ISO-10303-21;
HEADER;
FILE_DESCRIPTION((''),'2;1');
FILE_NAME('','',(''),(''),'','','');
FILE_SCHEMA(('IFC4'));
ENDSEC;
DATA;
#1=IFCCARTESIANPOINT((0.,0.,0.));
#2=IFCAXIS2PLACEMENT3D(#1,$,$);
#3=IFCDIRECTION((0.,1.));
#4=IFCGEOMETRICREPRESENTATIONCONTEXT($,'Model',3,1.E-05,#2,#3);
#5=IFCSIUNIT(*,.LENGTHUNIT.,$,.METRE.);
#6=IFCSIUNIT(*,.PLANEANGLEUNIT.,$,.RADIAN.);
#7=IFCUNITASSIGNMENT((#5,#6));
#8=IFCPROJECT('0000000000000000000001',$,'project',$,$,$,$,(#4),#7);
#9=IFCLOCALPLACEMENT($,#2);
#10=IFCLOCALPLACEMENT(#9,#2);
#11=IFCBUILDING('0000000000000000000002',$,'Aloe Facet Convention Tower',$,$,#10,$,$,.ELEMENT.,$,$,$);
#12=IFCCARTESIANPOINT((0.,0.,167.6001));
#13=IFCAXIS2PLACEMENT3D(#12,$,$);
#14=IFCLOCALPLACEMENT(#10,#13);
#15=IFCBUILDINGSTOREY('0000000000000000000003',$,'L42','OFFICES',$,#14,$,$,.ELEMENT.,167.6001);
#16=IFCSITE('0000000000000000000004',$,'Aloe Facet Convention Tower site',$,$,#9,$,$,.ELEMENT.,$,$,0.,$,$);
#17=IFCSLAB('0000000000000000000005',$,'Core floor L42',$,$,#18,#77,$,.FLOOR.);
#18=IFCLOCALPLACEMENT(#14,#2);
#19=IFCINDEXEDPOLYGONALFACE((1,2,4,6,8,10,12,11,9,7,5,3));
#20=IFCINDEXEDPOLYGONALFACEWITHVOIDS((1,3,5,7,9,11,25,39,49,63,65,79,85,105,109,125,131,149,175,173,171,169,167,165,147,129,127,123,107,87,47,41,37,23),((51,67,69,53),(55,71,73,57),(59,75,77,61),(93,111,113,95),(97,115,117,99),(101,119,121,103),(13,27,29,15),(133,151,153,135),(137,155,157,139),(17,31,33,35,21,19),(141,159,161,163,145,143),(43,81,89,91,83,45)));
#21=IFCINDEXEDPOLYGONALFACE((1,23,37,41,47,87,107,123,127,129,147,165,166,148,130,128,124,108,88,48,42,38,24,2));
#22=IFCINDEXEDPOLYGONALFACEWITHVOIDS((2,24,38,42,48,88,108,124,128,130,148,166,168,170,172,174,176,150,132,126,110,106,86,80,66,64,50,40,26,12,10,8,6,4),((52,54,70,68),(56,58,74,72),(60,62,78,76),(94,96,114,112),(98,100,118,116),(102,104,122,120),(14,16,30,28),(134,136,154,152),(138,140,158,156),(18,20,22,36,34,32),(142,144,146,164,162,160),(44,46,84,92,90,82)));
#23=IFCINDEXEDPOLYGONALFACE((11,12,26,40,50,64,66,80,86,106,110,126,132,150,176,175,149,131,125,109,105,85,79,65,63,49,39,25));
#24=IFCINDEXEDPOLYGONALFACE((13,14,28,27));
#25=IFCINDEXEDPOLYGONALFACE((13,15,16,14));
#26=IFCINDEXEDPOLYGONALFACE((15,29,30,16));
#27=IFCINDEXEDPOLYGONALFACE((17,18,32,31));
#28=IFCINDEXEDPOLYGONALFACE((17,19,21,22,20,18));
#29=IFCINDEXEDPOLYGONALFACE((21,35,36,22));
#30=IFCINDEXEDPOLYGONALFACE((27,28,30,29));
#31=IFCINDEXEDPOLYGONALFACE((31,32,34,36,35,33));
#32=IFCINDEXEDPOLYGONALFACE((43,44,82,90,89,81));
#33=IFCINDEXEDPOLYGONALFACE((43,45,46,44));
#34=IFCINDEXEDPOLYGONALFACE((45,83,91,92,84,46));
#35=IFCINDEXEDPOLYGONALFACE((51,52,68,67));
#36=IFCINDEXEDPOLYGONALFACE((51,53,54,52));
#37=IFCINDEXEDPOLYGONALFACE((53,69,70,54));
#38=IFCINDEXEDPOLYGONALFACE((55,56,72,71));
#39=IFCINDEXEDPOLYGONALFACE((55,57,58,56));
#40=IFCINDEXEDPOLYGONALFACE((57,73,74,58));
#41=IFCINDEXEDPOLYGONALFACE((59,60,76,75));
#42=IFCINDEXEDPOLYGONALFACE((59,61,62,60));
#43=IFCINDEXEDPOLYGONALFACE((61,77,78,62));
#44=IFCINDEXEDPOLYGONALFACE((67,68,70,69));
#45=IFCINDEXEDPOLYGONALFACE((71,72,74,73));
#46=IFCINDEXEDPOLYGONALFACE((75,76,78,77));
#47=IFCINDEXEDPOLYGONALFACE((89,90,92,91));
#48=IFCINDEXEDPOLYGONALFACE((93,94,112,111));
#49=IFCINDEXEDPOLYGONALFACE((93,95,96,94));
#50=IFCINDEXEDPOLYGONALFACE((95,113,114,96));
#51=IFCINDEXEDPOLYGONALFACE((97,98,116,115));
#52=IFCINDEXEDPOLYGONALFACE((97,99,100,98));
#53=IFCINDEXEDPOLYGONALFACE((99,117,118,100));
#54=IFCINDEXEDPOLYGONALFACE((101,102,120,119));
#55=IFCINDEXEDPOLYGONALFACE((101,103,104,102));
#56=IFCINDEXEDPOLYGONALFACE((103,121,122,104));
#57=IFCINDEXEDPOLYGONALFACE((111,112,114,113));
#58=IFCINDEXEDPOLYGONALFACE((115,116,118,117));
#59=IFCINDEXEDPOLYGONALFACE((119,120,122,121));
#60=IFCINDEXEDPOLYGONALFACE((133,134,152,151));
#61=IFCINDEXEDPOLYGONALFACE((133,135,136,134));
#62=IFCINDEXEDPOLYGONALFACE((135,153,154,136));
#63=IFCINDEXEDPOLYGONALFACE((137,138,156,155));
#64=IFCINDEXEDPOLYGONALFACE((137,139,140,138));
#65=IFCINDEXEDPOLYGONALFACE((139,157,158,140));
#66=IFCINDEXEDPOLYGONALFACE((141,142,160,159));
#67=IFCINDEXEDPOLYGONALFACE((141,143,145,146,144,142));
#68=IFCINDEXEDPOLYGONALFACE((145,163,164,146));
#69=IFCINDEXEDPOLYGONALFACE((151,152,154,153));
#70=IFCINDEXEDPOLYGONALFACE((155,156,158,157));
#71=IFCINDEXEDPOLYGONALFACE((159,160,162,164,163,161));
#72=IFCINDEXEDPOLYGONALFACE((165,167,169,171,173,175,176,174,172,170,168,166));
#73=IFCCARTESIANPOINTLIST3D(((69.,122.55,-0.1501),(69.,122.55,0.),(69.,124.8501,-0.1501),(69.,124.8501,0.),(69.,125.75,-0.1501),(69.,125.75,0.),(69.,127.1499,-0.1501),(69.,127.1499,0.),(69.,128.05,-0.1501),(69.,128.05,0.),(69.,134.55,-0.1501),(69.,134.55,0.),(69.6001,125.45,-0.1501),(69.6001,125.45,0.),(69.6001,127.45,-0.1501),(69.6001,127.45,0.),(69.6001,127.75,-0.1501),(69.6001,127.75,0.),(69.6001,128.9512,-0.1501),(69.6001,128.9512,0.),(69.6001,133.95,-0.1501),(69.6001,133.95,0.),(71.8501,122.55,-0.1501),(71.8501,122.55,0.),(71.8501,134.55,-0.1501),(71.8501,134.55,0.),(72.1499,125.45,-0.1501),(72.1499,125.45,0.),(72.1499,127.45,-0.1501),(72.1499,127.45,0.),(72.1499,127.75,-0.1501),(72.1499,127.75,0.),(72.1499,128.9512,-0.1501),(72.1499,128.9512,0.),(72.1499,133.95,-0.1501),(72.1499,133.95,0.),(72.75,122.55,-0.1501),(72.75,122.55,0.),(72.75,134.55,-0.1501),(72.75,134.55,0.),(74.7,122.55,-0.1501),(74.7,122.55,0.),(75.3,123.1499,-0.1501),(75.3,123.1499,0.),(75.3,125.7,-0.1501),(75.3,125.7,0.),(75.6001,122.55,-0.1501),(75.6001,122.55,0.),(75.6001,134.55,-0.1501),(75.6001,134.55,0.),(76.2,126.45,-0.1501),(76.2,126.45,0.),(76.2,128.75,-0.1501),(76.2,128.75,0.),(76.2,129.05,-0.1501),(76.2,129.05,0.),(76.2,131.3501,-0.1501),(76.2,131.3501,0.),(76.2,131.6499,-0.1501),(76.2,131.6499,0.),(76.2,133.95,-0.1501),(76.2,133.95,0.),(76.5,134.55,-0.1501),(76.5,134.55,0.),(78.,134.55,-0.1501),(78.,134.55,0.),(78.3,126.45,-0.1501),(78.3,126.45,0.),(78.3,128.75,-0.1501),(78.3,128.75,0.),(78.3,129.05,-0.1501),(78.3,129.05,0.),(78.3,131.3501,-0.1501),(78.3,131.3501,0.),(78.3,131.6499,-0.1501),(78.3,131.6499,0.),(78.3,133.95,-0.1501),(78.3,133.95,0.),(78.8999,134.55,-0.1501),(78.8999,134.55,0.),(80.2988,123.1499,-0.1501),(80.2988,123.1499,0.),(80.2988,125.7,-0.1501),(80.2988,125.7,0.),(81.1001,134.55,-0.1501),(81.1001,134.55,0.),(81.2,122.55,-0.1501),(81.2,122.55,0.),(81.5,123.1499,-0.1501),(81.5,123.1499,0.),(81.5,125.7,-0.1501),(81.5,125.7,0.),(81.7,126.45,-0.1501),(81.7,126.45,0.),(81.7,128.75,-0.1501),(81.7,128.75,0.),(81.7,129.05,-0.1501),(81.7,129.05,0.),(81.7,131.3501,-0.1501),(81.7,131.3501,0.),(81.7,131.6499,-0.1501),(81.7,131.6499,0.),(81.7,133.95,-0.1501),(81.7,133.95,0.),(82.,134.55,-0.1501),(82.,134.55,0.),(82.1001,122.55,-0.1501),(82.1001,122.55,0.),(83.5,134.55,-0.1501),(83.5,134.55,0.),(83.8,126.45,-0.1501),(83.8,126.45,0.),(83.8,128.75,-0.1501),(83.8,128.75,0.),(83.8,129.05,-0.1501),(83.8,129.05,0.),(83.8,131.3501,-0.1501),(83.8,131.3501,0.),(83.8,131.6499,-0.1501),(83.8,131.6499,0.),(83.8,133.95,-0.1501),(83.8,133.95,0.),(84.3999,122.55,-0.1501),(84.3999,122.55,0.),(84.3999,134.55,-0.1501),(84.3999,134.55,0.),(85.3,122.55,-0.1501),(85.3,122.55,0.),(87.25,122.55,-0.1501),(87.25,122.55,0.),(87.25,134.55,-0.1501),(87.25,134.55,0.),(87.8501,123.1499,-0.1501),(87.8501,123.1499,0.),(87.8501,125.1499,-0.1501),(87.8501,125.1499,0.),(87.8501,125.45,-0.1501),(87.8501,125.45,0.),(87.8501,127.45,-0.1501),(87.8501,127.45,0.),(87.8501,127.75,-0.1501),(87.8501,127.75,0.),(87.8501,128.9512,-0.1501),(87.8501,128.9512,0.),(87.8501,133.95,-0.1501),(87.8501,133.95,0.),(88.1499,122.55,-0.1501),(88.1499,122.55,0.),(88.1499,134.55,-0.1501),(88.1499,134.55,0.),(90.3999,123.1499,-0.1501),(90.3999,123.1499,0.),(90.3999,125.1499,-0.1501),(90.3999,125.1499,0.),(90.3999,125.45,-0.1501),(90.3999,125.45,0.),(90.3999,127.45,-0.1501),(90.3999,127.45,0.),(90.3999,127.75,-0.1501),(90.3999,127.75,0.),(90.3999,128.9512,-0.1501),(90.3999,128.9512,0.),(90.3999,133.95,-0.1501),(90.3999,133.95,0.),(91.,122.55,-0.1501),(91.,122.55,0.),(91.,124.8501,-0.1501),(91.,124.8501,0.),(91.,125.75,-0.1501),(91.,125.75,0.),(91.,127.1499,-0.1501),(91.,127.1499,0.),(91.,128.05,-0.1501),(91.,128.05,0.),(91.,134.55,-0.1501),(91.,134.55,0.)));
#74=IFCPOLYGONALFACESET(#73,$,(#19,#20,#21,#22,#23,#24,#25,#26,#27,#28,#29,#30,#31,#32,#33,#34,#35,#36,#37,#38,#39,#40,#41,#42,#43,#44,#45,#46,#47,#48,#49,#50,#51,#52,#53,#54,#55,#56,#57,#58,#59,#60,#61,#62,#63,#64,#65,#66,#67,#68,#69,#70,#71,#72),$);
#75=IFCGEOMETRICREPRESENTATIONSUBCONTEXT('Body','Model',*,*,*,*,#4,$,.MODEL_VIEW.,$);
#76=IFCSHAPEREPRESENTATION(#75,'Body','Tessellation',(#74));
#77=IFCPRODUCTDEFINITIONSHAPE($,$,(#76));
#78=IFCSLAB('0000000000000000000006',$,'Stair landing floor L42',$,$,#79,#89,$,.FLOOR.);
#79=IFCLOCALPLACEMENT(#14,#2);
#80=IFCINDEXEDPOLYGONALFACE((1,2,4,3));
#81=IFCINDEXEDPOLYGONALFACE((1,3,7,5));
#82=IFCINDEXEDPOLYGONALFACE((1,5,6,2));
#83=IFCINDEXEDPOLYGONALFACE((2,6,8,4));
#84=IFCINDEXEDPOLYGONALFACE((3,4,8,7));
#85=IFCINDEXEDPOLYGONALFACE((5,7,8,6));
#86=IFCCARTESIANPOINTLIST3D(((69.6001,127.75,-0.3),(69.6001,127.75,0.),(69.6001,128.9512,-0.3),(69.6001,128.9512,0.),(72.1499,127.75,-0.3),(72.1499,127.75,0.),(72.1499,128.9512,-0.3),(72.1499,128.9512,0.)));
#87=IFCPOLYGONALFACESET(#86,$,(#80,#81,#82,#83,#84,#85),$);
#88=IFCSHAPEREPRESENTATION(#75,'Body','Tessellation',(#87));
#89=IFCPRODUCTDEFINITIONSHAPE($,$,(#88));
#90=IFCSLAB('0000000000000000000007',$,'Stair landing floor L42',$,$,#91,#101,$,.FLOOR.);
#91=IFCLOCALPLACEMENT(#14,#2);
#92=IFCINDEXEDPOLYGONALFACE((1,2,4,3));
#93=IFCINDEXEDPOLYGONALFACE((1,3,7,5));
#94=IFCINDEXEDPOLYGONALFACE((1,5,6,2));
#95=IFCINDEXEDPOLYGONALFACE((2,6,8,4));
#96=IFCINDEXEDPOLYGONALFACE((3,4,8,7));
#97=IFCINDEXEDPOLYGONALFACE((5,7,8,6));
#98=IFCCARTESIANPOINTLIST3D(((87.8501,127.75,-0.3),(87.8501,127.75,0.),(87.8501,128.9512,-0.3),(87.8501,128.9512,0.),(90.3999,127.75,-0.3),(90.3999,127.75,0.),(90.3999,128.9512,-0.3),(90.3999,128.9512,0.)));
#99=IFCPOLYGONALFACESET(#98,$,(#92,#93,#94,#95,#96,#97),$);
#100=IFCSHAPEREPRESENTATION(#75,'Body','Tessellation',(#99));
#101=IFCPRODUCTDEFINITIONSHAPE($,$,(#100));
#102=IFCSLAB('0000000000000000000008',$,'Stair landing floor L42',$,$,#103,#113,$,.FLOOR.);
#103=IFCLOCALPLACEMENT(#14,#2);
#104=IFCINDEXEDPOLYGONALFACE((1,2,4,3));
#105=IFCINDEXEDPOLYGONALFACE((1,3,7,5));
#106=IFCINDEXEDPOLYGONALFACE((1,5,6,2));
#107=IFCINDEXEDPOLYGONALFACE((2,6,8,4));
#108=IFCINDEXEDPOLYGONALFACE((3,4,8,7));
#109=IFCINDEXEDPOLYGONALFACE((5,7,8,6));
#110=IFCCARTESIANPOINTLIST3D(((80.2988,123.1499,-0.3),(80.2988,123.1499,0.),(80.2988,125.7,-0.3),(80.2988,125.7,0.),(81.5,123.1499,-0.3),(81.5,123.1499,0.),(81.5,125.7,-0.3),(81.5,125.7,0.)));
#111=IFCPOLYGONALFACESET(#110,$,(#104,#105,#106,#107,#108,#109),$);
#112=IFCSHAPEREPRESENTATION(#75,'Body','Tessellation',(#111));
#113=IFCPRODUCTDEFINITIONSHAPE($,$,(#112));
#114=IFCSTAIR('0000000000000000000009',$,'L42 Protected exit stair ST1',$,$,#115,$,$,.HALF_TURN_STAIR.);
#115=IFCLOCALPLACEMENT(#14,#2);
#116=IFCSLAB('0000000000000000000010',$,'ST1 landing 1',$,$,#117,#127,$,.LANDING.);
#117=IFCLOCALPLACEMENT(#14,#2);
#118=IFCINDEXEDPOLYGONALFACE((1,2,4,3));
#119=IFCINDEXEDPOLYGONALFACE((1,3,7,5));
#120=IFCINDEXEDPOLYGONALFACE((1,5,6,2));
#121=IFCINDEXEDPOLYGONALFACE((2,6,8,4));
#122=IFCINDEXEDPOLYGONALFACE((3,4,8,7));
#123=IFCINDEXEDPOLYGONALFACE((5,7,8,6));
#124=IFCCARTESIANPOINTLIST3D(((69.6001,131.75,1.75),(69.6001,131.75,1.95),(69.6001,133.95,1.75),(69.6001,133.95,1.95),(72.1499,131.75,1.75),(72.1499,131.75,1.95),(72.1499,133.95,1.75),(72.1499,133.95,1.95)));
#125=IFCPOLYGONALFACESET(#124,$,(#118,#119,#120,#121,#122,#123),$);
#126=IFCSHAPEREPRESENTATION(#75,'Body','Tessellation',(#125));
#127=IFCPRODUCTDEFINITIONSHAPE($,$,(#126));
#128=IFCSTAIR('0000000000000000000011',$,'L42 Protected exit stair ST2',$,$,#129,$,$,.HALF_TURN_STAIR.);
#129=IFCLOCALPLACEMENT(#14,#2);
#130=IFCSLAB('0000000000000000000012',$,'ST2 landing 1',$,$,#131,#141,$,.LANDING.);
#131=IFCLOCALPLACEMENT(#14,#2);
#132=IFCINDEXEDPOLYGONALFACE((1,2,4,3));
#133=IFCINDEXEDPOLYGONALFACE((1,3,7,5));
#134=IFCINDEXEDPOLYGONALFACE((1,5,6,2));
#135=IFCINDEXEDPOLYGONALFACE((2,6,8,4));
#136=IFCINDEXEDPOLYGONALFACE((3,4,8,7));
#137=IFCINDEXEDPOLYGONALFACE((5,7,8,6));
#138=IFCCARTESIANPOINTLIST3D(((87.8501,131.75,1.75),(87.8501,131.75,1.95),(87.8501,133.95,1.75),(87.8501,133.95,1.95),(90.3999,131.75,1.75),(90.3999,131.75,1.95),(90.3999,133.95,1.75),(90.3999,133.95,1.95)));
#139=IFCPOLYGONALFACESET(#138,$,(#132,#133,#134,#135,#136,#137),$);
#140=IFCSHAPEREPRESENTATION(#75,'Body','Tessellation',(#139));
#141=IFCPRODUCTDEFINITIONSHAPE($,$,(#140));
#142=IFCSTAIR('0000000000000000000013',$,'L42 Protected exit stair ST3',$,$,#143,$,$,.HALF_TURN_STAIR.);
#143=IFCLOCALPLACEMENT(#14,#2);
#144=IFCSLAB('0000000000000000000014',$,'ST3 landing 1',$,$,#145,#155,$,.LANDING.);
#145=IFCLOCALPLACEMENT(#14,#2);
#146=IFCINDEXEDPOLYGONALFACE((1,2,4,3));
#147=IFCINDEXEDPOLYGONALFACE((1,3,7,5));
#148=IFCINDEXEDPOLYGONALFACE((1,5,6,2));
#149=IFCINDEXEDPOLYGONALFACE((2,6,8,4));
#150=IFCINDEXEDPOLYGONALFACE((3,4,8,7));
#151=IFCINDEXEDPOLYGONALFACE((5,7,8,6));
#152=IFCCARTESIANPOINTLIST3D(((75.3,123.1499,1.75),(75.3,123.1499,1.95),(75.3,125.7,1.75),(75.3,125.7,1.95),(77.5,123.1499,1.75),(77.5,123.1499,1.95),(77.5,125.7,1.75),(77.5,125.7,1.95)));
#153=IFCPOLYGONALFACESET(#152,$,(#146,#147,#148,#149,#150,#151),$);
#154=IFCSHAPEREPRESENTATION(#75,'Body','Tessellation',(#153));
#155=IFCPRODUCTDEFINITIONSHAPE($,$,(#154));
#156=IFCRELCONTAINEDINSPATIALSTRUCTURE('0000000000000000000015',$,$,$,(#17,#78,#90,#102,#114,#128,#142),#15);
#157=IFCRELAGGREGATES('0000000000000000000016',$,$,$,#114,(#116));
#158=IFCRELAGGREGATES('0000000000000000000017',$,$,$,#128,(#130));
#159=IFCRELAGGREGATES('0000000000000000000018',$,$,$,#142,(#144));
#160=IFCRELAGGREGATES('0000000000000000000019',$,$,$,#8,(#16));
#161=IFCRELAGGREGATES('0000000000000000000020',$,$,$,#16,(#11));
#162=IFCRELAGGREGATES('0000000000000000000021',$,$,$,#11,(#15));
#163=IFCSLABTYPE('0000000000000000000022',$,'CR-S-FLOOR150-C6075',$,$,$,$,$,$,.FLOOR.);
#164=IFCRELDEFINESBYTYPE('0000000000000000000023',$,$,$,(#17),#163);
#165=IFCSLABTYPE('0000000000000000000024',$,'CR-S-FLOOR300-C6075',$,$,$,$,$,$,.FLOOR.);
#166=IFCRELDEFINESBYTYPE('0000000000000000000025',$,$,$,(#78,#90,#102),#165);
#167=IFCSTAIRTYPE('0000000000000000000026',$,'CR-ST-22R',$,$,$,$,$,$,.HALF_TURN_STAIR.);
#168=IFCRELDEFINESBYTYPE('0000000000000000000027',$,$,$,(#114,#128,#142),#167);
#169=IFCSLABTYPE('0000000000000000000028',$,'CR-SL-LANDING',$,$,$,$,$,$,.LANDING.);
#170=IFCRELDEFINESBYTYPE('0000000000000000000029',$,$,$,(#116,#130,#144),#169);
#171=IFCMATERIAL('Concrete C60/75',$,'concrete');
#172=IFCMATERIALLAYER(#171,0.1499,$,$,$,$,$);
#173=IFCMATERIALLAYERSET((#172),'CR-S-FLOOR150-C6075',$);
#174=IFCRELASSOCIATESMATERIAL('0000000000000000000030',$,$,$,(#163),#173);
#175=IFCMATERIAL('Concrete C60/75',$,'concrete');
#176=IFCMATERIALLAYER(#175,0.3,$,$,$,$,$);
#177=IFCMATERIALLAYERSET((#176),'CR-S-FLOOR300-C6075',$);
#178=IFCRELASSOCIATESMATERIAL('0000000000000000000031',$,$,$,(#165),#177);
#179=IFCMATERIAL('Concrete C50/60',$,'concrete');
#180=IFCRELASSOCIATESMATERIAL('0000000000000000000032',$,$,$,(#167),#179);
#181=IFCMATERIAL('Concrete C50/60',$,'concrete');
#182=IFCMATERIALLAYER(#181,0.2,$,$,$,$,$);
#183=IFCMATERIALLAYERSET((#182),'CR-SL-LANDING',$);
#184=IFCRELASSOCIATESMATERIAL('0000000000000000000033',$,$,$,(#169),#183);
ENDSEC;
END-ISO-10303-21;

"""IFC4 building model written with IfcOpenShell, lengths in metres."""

from ifc_helpers import new_model, si_unit, direction, frame, origin, place, context, subcontext, project, spatial, polyline, outline, extrude, material, layer, layer_set, type_object, element, aggregate, save


model = new_model("IFC4")

# Units and contexts
model_context = context("Model", 3, precision=1e-05, world=origin(), true_north=direction((0.0, 1.0)))
body_context = subcontext(model_context, "Body", "Model", "MODEL_VIEW")
ifc_project = project(units=[si_unit("LENGTHUNIT", "METRE"), si_unit("PLANEANGLEUNIT", "RADIAN")], contexts=[model_context])

# Site, building, storey
site_placement = place(None, origin())
site = spatial("IfcSite", under=ifc_project, at=site_placement, Name="Aloe Facet Convention Tower site", CompositionType="ELEMENT", RefElevation=0.0)
building_placement = place(site_placement, origin())
building = spatial("IfcBuilding", under=site, at=building_placement, Name="Aloe Facet Convention Tower", CompositionType="ELEMENT")
storey_placement = place(building_placement, frame((0.0, 0.0, 167.6001)))
storey = spatial("IfcBuildingStorey", under=building, at=storey_placement, Name="L42", Description="OFFICES", CompositionType="ELEMENT", Elevation=167.6001)

# Slabs
ifc_material_1 = material(Name="Concrete C60/75", Category="concrete")
ifc_layer_1 = layer(ifc_material_1, 0.1499)
ifc_layer_set_1 = layer_set([ifc_layer_1], Name="CR-S-FLOOR150-C6075")
slab_type_1 = type_object("IfcSlabType", Name="CR-S-FLOOR150-C6075", PredefinedType="FLOOR", material=ifc_layer_set_1)
slab_1_placement = place(storey_placement, frame((0.0, 0.0, -0.1501)))
element("IfcSlab", 1, at=slab_1_placement, inside=storey, type_object=slab_type_1, Name="Core floor L42", PredefinedType="FLOOR", context=body_context, shape_type="SweptSolid", body=[
    extrude(outline(polyline([(71.8501, 134.55), (72.75, 134.55), (75.6001, 134.55), (76.5, 134.55), (78.0, 134.55), (78.8999, 134.55), (81.1001, 134.55), (82.0, 134.55), (83.5, 134.55), (84.3999, 134.55), (87.25, 134.55), (88.1499, 134.55), (91.0, 134.55), (91.0, 128.05), (91.0, 127.1499), (91.0, 125.75), (91.0, 124.8501), (91.0, 122.55), (88.1499, 122.55), (87.25, 122.55), (85.3, 122.55), (84.3999, 122.55), (82.1001, 122.55), (81.2, 122.55), (75.6001, 122.55), (74.7, 122.55), (72.75, 122.55), (71.8501, 122.55), (69.0, 122.55), (69.0, 124.8501), (69.0, 125.75), (69.0, 127.1499), (69.0, 128.05), (69.0, 134.55), (71.8501, 134.55)]), holes=[polyline([(80.2988, 123.1499), (81.5, 123.1499), (81.5, 125.7), (80.2988, 125.7), (75.3, 125.7), (75.3, 123.1499), (80.2988, 123.1499)]), polyline([(69.6001, 125.45), (72.1499, 125.45), (72.1499, 127.45), (69.6001, 127.45), (69.6001, 125.45)]), polyline([(76.2, 126.45), (78.3, 126.45), (78.3, 128.75), (76.2, 128.75), (76.2, 126.45)]), polyline([(78.3, 129.05), (78.3, 131.3501), (76.2, 131.3501), (76.2, 129.05), (78.3, 129.05)]), polyline([(69.6001, 133.95), (69.6001, 128.9512), (69.6001, 127.75), (72.1499, 127.75), (72.1499, 128.9512), (72.1499, 133.95), (69.6001, 133.95)]), polyline([(76.2, 131.6499), (78.3, 131.6499), (78.3, 133.95), (76.2, 133.95), (76.2, 131.6499)]), polyline([(90.3999, 123.1499), (90.3999, 125.1499), (87.8501, 125.1499), (87.8501, 123.1499), (90.3999, 123.1499)]), polyline([(87.8501, 125.45), (90.3999, 125.45), (90.3999, 127.45), (87.8501, 127.45), (87.8501, 125.45)]), polyline([(81.7, 126.45), (83.8, 126.45), (83.8, 128.75), (81.7, 128.75), (81.7, 126.45)]), polyline([(83.8, 129.05), (83.8, 131.3501), (81.7, 131.3501), (81.7, 129.05), (83.8, 129.05)]), polyline([(87.8501, 133.95), (87.8501, 128.9512), (87.8501, 127.75), (90.3999, 127.75), (90.3999, 128.9512), (90.3999, 133.95), (87.8501, 133.95)]), polyline([(81.7, 131.6499), (83.8, 131.6499), (83.8, 133.95), (81.7, 133.95), (81.7, 131.6499)])]), origin(), (0.0, 0.0, 1.0), 0.1501),
])
ifc_material_2 = material(Name="Concrete C60/75", Category="concrete")
ifc_layer_2 = layer(ifc_material_2, 0.3)
ifc_layer_set_2 = layer_set([ifc_layer_2], Name="CR-S-FLOOR300-C6075")
slab_type_2 = type_object("IfcSlabType", Name="CR-S-FLOOR300-C6075", PredefinedType="FLOOR", material=ifc_layer_set_2)
slab_2_placement = place(storey_placement, frame((0.0, 0.0, -0.3)))
element("IfcSlab", 2, at=slab_2_placement, inside=storey, type_object=slab_type_2, Name="Stair landing floor L42", PredefinedType="FLOOR", context=body_context, shape_type="SweptSolid", body=[
    extrude(outline(polyline([(72.1499, 127.75), (72.1499, 128.9512), (69.6001, 128.9512), (69.6001, 127.75), (72.1499, 127.75)])), origin(), (0.0, 0.0, 1.0), 0.3),
])
slab_3_placement = place(storey_placement, frame((0.0, 0.0, -0.3)))
element("IfcSlab", 3, at=slab_3_placement, inside=storey, type_object=slab_type_2, Name="Stair landing floor L42", PredefinedType="FLOOR", context=body_context, shape_type="SweptSolid", body=[
    extrude(outline(polyline([(90.3999, 127.75), (90.3999, 128.9512), (87.8501, 128.9512), (87.8501, 127.75), (90.3999, 127.75)])), origin(), (0.0, 0.0, 1.0), 0.3),
])
slab_4_placement = place(storey_placement, frame((0.0, 0.0, -0.3)))
element("IfcSlab", 4, at=slab_4_placement, inside=storey, type_object=slab_type_2, Name="Stair landing floor L42", PredefinedType="FLOOR", context=body_context, shape_type="SweptSolid", body=[
    extrude(outline(polyline([(81.5, 125.7), (80.2988, 125.7), (80.2988, 123.1499), (81.5, 123.1499), (81.5, 125.7)])), origin(), (0.0, 0.0, 1.0), 0.3),
])

# Stairs, slabs
ifc_material_3 = material(Name="Concrete C50/60", Category="concrete")
stair_type = type_object("IfcStairType", Name="CR-ST-22R", PredefinedType="HALF_TURN_STAIR", material=ifc_material_3)
stair_1_placement = place(storey_placement, origin())
stair_1 = element("IfcStair", 5, at=stair_1_placement, inside=storey, type_object=stair_type, Name="L42 Protected exit stair ST1", PredefinedType="HALF_TURN_STAIR")
ifc_material_4 = material(Name="Concrete C50/60", Category="concrete")
ifc_layer_3 = layer(ifc_material_4, 0.2)
ifc_layer_set_3 = layer_set([ifc_layer_3], Name="CR-SL-LANDING")
slab_type_3 = type_object("IfcSlabType", Name="CR-SL-LANDING", PredefinedType="LANDING", material=ifc_layer_set_3)
slab_5_placement = place(storey_placement, frame((0.0, 0.0, 1.75)))
slab_5 = element("IfcSlab", 6, at=slab_5_placement, type_object=slab_type_3, Name="ST1 landing 1", PredefinedType="LANDING", context=body_context, shape_type="SweptSolid", body=[
    extrude(outline(polyline([(72.1499, 131.75), (72.1499, 133.95), (69.6001, 133.95), (69.6001, 131.75), (72.1499, 131.75)])), origin(), (0.0, 0.0, 1.0), 0.2),
])
aggregate(stair_1, [slab_5])
stair_2_placement = place(storey_placement, origin())
stair_2 = element("IfcStair", 7, at=stair_2_placement, inside=storey, type_object=stair_type, Name="L42 Protected exit stair ST2", PredefinedType="HALF_TURN_STAIR")
slab_6_placement = place(storey_placement, frame((0.0, 0.0, 1.75)))
slab_6 = element("IfcSlab", 8, at=slab_6_placement, type_object=slab_type_3, Name="ST2 landing 1", PredefinedType="LANDING", context=body_context, shape_type="SweptSolid", body=[
    extrude(outline(polyline([(90.3999, 131.75), (90.3999, 133.95), (87.8501, 133.95), (87.8501, 131.75), (90.3999, 131.75)])), origin(), (0.0, 0.0, 1.0), 0.2),
])
aggregate(stair_2, [slab_6])
stair_3_placement = place(storey_placement, origin())
stair_3 = element("IfcStair", 9, at=stair_3_placement, inside=storey, type_object=stair_type, Name="L42 Protected exit stair ST3", PredefinedType="HALF_TURN_STAIR")
slab_7_placement = place(storey_placement, frame((0.0, 0.0, 1.75)))
slab_7 = element("IfcSlab", 10, at=slab_7_placement, type_object=slab_type_3, Name="ST3 landing 1", PredefinedType="LANDING", context=body_context, shape_type="SweptSolid", body=[
    extrude(outline(polyline([(77.5, 125.7), (75.3, 125.7), (75.3, 123.1499), (77.5, 123.1499), (77.5, 125.7)])), origin(), (0.0, 0.0, 1.0), 0.2),
])
aggregate(stair_3, [slab_7])

save(model, "model.ifc")
